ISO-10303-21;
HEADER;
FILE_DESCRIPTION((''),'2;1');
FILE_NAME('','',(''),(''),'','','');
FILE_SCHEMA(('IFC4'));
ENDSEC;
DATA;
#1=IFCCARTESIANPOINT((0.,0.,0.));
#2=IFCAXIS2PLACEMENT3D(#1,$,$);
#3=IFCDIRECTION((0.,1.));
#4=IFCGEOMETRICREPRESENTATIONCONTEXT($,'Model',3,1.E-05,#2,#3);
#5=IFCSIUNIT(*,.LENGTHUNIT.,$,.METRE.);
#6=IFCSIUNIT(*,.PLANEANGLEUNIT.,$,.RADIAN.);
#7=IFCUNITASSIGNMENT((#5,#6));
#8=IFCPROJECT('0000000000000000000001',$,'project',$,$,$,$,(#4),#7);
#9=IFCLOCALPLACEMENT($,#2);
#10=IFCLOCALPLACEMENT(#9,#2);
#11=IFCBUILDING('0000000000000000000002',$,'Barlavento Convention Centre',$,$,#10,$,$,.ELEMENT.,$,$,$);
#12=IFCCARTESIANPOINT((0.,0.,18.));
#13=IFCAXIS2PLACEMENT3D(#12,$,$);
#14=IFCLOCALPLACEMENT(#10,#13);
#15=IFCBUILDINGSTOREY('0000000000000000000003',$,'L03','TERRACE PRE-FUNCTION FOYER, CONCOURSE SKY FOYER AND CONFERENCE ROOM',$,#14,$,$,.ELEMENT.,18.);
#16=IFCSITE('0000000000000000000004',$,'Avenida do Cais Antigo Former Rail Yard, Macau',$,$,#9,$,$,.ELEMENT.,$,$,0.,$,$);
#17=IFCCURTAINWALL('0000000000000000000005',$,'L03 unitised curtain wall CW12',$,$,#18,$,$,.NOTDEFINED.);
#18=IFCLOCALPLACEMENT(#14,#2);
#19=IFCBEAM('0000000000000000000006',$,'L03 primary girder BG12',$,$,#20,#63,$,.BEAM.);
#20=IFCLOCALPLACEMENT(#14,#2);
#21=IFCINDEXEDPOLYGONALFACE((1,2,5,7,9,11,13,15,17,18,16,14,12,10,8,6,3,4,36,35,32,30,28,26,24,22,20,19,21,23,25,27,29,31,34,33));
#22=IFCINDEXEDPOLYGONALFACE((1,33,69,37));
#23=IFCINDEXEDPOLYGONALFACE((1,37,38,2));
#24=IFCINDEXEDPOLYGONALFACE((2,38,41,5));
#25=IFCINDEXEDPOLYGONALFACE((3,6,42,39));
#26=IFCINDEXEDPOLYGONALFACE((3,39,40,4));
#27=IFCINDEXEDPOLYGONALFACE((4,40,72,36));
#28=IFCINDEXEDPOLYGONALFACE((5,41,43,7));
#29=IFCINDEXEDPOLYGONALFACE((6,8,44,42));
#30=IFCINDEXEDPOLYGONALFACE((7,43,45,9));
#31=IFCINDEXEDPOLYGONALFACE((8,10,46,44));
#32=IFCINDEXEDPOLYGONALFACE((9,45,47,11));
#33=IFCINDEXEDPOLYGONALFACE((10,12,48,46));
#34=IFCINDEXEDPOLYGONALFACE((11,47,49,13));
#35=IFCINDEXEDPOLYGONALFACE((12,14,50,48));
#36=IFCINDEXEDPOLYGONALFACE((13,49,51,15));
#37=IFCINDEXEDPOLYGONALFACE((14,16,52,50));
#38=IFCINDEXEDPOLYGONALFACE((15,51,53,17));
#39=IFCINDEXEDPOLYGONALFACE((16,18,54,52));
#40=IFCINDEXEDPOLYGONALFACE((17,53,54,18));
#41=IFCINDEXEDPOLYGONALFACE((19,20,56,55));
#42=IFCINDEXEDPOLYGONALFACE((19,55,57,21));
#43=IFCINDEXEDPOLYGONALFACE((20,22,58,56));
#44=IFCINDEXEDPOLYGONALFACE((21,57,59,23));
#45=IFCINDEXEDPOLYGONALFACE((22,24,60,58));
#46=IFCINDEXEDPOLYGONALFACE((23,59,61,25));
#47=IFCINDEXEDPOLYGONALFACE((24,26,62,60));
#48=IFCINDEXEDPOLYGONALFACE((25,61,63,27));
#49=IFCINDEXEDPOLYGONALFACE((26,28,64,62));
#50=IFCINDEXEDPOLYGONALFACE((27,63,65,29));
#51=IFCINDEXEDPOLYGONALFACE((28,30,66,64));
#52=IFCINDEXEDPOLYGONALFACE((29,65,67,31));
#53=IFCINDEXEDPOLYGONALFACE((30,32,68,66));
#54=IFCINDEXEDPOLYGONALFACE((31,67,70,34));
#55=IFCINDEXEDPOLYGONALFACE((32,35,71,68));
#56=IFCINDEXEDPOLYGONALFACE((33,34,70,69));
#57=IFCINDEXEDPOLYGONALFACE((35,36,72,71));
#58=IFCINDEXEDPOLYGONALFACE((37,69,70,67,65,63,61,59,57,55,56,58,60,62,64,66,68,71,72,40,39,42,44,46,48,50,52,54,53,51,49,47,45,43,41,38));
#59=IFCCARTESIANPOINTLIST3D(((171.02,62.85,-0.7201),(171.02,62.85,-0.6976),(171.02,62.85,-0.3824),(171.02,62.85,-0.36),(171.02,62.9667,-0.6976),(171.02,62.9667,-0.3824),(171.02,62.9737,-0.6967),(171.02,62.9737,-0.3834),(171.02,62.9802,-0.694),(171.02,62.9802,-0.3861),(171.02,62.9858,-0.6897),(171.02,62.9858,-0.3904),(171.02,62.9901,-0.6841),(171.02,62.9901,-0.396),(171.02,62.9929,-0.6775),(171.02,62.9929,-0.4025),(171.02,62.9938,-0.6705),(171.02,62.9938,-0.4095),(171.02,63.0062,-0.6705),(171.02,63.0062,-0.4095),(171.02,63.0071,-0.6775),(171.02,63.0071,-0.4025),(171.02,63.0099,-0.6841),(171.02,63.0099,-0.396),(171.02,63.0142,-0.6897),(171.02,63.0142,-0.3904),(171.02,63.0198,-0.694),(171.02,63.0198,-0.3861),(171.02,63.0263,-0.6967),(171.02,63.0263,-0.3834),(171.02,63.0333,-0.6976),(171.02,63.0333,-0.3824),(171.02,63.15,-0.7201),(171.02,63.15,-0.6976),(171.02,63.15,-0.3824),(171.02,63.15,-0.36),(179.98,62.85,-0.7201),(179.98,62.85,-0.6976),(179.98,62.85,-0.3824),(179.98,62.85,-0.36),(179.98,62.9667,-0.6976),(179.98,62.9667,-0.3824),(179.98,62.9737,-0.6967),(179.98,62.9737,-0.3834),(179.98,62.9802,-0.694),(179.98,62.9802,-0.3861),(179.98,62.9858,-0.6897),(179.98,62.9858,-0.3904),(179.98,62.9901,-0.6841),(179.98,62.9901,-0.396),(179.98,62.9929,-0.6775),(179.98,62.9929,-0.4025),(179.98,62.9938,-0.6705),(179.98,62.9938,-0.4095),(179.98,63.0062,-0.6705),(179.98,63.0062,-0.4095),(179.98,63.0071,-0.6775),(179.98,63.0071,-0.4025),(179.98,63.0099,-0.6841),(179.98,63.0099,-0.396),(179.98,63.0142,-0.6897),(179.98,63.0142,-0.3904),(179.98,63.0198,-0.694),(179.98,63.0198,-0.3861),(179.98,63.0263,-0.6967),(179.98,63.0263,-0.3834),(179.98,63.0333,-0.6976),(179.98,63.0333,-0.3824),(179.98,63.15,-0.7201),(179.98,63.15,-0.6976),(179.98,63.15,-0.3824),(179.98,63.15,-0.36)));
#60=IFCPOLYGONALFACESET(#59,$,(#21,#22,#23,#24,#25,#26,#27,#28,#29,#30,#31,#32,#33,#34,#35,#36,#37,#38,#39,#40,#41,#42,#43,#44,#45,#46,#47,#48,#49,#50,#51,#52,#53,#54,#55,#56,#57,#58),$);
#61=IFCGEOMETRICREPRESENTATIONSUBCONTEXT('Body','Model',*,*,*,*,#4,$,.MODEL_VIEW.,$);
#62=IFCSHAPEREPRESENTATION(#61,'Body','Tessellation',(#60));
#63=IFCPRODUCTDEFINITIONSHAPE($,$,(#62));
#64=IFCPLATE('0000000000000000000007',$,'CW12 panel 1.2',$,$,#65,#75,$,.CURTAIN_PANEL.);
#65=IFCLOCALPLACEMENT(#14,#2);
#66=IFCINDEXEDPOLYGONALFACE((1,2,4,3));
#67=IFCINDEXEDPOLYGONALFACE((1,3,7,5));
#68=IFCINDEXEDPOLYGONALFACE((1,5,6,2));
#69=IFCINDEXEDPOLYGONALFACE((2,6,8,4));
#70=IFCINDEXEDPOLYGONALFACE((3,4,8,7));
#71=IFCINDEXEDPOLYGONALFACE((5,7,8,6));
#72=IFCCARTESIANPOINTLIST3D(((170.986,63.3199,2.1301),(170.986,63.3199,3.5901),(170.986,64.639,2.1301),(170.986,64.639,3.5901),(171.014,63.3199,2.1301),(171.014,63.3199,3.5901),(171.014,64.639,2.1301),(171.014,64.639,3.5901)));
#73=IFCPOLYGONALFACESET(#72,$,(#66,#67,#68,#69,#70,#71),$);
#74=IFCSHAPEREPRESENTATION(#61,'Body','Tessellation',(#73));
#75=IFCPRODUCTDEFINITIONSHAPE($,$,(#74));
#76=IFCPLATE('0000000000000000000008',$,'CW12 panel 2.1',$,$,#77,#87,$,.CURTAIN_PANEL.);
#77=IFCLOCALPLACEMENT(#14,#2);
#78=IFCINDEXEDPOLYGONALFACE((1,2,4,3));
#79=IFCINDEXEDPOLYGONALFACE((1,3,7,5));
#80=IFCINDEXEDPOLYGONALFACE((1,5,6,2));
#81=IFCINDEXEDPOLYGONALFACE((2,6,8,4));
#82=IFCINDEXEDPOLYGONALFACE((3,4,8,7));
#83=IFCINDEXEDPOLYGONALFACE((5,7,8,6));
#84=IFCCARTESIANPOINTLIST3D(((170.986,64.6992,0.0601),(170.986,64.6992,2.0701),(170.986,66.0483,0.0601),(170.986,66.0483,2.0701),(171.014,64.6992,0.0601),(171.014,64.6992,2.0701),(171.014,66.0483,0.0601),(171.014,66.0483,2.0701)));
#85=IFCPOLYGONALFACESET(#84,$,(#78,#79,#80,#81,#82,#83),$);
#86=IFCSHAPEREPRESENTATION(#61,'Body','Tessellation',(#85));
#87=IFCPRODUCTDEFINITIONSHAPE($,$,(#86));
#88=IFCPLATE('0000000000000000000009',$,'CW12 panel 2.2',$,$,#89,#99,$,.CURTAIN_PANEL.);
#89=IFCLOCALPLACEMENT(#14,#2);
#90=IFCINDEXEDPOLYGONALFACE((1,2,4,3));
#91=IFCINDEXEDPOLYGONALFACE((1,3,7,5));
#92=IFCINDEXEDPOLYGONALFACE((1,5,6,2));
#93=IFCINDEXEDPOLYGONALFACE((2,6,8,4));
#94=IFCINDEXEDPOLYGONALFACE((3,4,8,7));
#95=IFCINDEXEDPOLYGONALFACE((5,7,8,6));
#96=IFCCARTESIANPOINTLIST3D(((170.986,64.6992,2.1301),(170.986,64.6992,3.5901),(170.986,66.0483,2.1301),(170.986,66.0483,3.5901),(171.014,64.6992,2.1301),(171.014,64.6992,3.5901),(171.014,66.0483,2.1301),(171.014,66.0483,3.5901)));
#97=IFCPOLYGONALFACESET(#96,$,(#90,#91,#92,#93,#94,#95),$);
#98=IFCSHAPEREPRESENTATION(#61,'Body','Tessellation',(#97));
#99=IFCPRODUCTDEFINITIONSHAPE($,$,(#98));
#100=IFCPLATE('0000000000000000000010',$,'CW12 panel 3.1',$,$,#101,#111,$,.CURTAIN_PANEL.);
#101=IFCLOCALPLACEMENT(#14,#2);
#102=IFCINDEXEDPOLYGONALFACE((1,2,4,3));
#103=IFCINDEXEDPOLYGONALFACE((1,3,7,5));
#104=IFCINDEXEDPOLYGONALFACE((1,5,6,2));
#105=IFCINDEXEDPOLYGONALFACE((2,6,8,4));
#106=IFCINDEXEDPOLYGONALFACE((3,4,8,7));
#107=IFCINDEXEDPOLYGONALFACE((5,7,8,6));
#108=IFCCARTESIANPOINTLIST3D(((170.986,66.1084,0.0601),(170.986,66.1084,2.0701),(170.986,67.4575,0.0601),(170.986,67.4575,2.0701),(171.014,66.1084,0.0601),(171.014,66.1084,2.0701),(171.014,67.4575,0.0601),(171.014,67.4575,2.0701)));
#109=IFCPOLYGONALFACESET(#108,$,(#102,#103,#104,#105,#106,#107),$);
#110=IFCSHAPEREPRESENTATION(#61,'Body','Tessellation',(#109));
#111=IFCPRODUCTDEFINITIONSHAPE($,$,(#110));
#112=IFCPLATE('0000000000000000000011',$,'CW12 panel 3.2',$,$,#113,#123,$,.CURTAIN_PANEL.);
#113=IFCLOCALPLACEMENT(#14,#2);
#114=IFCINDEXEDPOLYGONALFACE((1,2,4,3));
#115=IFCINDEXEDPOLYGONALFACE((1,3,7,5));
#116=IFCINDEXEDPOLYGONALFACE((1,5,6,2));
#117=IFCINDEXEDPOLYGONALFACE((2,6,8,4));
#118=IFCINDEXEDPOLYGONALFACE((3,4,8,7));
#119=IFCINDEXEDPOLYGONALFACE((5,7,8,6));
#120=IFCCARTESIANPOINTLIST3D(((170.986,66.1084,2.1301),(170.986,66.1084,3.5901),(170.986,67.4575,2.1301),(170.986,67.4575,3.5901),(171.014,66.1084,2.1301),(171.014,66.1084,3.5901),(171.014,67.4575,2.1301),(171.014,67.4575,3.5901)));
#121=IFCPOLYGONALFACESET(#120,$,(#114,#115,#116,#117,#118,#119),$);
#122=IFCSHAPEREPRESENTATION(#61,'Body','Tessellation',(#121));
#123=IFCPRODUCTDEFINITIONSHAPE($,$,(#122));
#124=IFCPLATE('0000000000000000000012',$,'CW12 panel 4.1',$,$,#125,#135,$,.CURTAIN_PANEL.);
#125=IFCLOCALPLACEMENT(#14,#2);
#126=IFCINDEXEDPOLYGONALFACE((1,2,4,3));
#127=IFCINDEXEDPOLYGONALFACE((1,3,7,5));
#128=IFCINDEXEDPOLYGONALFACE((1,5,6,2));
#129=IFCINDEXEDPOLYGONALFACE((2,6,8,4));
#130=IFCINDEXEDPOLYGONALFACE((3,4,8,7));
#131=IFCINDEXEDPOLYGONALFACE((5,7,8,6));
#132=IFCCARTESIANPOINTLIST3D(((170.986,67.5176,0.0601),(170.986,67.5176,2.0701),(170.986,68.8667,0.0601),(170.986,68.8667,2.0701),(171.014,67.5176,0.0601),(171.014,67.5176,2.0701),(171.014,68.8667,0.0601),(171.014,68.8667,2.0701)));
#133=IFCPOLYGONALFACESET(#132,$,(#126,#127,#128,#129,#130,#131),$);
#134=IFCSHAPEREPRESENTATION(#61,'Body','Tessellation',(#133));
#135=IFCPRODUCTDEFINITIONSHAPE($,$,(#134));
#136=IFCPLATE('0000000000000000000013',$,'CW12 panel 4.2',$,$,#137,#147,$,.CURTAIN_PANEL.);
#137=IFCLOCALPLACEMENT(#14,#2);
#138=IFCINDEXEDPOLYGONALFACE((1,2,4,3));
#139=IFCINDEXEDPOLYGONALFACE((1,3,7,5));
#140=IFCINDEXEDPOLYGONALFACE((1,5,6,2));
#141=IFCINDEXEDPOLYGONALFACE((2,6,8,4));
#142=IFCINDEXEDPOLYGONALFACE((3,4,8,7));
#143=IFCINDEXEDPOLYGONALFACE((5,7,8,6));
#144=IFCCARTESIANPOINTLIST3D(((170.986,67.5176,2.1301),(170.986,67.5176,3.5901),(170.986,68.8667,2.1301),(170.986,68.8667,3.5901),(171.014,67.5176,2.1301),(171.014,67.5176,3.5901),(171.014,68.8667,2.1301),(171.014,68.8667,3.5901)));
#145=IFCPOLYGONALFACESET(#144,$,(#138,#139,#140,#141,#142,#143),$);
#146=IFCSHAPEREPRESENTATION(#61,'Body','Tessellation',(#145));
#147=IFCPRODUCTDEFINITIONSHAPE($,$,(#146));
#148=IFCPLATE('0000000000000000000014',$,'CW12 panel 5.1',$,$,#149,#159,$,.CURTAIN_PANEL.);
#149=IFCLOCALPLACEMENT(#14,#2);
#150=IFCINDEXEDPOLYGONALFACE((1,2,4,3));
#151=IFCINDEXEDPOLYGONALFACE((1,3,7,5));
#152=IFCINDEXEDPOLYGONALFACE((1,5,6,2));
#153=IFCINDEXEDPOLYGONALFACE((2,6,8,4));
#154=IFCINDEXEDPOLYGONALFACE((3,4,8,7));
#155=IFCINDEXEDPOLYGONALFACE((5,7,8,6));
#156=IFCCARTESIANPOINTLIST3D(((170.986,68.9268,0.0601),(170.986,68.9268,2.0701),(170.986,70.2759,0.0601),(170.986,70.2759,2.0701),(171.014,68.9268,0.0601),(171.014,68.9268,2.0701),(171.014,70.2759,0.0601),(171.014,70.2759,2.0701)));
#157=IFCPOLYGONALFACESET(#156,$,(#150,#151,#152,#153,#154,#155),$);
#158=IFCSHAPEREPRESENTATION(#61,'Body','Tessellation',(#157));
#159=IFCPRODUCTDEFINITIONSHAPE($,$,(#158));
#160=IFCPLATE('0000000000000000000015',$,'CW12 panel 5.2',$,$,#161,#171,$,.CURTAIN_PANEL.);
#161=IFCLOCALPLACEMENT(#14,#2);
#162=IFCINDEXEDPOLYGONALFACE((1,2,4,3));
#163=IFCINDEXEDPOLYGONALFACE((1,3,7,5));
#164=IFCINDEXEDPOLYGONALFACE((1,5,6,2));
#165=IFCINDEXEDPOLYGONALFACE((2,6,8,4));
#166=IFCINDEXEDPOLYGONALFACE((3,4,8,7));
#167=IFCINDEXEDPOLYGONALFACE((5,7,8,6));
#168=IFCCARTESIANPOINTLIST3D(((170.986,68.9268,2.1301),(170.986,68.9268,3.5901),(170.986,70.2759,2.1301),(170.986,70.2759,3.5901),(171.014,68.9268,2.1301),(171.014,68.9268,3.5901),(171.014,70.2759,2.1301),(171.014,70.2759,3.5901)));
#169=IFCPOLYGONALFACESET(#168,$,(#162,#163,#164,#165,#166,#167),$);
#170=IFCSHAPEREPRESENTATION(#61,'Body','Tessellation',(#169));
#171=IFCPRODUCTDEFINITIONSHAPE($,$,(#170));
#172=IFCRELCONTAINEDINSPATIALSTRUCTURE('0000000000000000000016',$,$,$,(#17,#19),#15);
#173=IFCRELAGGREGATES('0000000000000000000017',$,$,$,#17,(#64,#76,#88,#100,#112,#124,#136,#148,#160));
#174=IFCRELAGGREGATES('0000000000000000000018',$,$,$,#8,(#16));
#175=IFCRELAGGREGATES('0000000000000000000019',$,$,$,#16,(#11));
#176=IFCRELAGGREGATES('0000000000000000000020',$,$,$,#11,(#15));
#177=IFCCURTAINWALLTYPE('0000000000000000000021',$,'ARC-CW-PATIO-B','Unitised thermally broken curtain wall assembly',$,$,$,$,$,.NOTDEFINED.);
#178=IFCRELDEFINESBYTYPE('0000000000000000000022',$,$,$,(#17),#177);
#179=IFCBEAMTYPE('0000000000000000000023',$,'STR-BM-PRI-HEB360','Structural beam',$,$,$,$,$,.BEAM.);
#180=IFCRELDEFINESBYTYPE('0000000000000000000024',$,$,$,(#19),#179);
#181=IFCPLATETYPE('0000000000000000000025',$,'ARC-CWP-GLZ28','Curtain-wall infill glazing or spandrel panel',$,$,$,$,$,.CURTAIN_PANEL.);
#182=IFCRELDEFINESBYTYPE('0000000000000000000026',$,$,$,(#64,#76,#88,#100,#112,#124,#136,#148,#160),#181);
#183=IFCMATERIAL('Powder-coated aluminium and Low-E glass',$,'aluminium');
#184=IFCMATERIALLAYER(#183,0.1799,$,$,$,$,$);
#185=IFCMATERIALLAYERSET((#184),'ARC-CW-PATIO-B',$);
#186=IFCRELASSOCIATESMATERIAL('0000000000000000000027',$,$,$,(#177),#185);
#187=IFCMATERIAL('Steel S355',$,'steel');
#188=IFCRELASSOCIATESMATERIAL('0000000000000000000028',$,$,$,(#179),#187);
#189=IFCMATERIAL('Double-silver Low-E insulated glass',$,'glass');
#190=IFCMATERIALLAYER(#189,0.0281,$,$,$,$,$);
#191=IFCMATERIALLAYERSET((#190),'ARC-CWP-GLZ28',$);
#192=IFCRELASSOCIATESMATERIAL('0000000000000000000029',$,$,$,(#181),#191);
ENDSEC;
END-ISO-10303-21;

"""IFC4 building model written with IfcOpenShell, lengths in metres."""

from ifc_helpers import new_model, si_unit, direction, frame, origin, origin_2d, place, context, subcontext, project, spatial, rectangle, i_section, extrude, material, layer, layer_set, material_profile, profile_set, type_object, element, aggregate, save


model = new_model("IFC4")

# Units and contexts
model_context = context("Model", 3, precision=1e-05, world=origin(), true_north=direction((0.0, 1.0)))
body_context = subcontext(model_context, "Body", "Model", "MODEL_VIEW")
ifc_project = project(units=[si_unit("LENGTHUNIT", "METRE"), si_unit("PLANEANGLEUNIT", "RADIAN")], contexts=[model_context])

# Site, building, storey
site_placement = place(None, origin())
site = spatial("IfcSite", under=ifc_project, at=site_placement, Name="Avenida do Cais Antigo Former Rail Yard, Macau", CompositionType="ELEMENT", RefElevation=0.0)
building_placement = place(site_placement, origin())
building = spatial("IfcBuilding", under=site, at=building_placement, Name="Barlavento Convention Centre", CompositionType="ELEMENT")
storey_placement = place(building_placement, frame((0.0, 0.0, 18.0)))
storey = spatial("IfcBuildingStorey", under=building, at=storey_placement, Name="L03", Description="TERRACE PRE-FUNCTION FOYER, CONCOURSE SKY FOYER AND CONFERENCE ROOM", CompositionType="ELEMENT", Elevation=18.0)

# Shared definitions
ifc_material_1 = material(Name="Steel S355", Category="steel")

# Curtain wall
ifc_material_2 = material(Name="Powder-coated aluminium and Low-E glass", Category="aluminium")
ifc_layer_1 = layer(ifc_material_2, 0.1799)
ifc_layer_set_1 = layer_set([ifc_layer_1], Name="ARC-CW-PATIO-B")
curtain_wall_type = type_object("IfcCurtainWallType", Name="ARC-CW-PATIO-B", Description="Unitised thermally broken curtain wall assembly", PredefinedType="NOTDEFINED", material=ifc_layer_set_1)
curtain_wall_placement = place(storey_placement, origin())
curtain_wall = element("IfcCurtainWall", 1, at=curtain_wall_placement, inside=storey, type_object=curtain_wall_type, Name="L03 unitised curtain wall CW12", PredefinedType="NOTDEFINED")

# Beam
ifc_material_profile_1 = material_profile(ifc_material_1, i_section(OverallWidth=0.3, OverallDepth=0.3601, WebThickness=0.0125, FlangeThickness=0.0225, FilletRadius=0.0271, at=origin_2d()), Name="HEB 360")
ifc_profile_set_1 = profile_set([ifc_material_profile_1], Name="Steel S355")
beam_type_1 = type_object("IfcBeamType", Name="STR-BM-PRI-HEB360", Description="Structural beam", PredefinedType="BEAM", material=ifc_profile_set_1)
beam_1_placement = place(storey_placement, frame((171.02, 63.0, -0.54), z_axis=(1.0, 0.0, 0.0), x_axis=(0.0, 1.0, 0.0)))
element("IfcBeam", 2, at=beam_1_placement, inside=storey, type_object=beam_type_1, Name="L03 primary girder BG12", PredefinedType="BEAM", context=body_context, shape_type="SweptSolid", body=[
    extrude(i_section(OverallWidth=0.3, OverallDepth=0.3601, WebThickness=0.0125, FlangeThickness=0.0225, FilletRadius=0.0271, at=origin_2d()), origin(), (0.0, 0.0, 1.0), 8.96),
])

# Plates
ifc_material_3 = material(Name="Double-silver Low-E insulated glass", Category="glass")
ifc_layer_2 = layer(ifc_material_3, 0.0281)
ifc_layer_set_2 = layer_set([ifc_layer_2], Name="ARC-CWP-GLZ28")
plate_type = type_object("IfcPlateType", Name="ARC-CWP-GLZ28", Description="Curtain-wall infill glazing or spandrel panel", PredefinedType="CURTAIN_PANEL", material=ifc_layer_set_2)
plate_1_placement = place(storey_placement, frame((171.0, 63.9795, 2.1301), z_axis=(0.0, 0.0, 1.0), x_axis=(0.0, 1.0, 0.0)))
plate_1 = element("IfcPlate", 3, at=plate_1_placement, type_object=plate_type, Name="CW12 panel 1.2", PredefinedType="CURTAIN_PANEL", context=body_context, shape_type="SweptSolid", body=[
    extrude(rectangle(XDim=1.3191, YDim=0.0281, at=origin_2d()), origin(), (0.0, 0.0, 1.0), 1.46),
])
plate_2_placement = place(storey_placement, frame((171.0, 65.3738, 0.0601), z_axis=(0.0, 0.0, 1.0), x_axis=(0.0, 1.0, 0.0)))
plate_2 = element("IfcPlate", 4, at=plate_2_placement, type_object=plate_type, Name="CW12 panel 2.1", PredefinedType="CURTAIN_PANEL", context=body_context, shape_type="SweptSolid", body=[
    extrude(rectangle(XDim=1.3491, YDim=0.0281, at=origin_2d()), origin(), (0.0, 0.0, 1.0), 2.01),
])
plate_3_placement = place(storey_placement, frame((171.0, 65.3738, 2.1301), z_axis=(0.0, 0.0, 1.0), x_axis=(0.0, 1.0, 0.0)))
plate_3 = element("IfcPlate", 5, at=plate_3_placement, type_object=plate_type, Name="CW12 panel 2.2", PredefinedType="CURTAIN_PANEL", context=body_context, shape_type="SweptSolid", body=[
    extrude(rectangle(XDim=1.3491, YDim=0.0281, at=origin_2d()), origin(), (0.0, 0.0, 1.0), 1.46),
])
plate_4_placement = place(storey_placement, frame((171.0, 66.783, 0.0601), z_axis=(0.0, 0.0, 1.0), x_axis=(0.0, 1.0, 0.0)))
plate_4 = element("IfcPlate", 6, at=plate_4_placement, type_object=plate_type, Name="CW12 panel 3.1", PredefinedType="CURTAIN_PANEL", context=body_context, shape_type="SweptSolid", body=[
    extrude(rectangle(XDim=1.3491, YDim=0.0281, at=origin_2d()), origin(), (0.0, 0.0, 1.0), 2.01),
])
plate_5_placement = place(storey_placement, frame((171.0, 66.783, 2.1301), z_axis=(0.0, 0.0, 1.0), x_axis=(0.0, 1.0, 0.0)))
plate_5 = element("IfcPlate", 7, at=plate_5_placement, type_object=plate_type, Name="CW12 panel 3.2", PredefinedType="CURTAIN_PANEL", context=body_context, shape_type="SweptSolid", body=[
    extrude(rectangle(XDim=1.3491, YDim=0.0281, at=origin_2d()), origin(), (0.0, 0.0, 1.0), 1.46),
])
plate_6_placement = place(storey_placement, frame((171.0, 68.1921, 0.0601), z_axis=(0.0, 0.0, 1.0), x_axis=(0.0, 1.0, 0.0)))
plate_6 = element("IfcPlate", 8, at=plate_6_placement, type_object=plate_type, Name="CW12 panel 4.1", PredefinedType="CURTAIN_PANEL", context=body_context, shape_type="SweptSolid", body=[
    extrude(rectangle(XDim=1.3491, YDim=0.0281, at=origin_2d()), origin(), (0.0, 0.0, 1.0), 2.01),
])
plate_7_placement = place(storey_placement, frame((171.0, 68.1921, 2.1301), z_axis=(0.0, 0.0, 1.0), x_axis=(0.0, 1.0, 0.0)))
plate_7 = element("IfcPlate", 9, at=plate_7_placement, type_object=plate_type, Name="CW12 panel 4.2", PredefinedType="CURTAIN_PANEL", context=body_context, shape_type="SweptSolid", body=[
    extrude(rectangle(XDim=1.3491, YDim=0.0281, at=origin_2d()), origin(), (0.0, 0.0, 1.0), 1.46),
])
plate_8_placement = place(storey_placement, frame((171.0, 69.6013, 0.0601), z_axis=(0.0, 0.0, 1.0), x_axis=(0.0, 1.0, 0.0)))
plate_8 = element("IfcPlate", 10, at=plate_8_placement, type_object=plate_type, Name="CW12 panel 5.1", PredefinedType="CURTAIN_PANEL", context=body_context, shape_type="SweptSolid", body=[
    extrude(rectangle(XDim=1.3491, YDim=0.0281, at=origin_2d()), origin(), (0.0, 0.0, 1.0), 2.01),
])
plate_9_placement = place(storey_placement, frame((171.0, 69.6013, 2.1301), z_axis=(0.0, 0.0, 1.0), x_axis=(0.0, 1.0, 0.0)))
plate_9 = element("IfcPlate", 11, at=plate_9_placement, type_object=plate_type, Name="CW12 panel 5.2", PredefinedType="CURTAIN_PANEL", context=body_context, shape_type="SweptSolid", body=[
    extrude(rectangle(XDim=1.3491, YDim=0.0281, at=origin_2d()), origin(), (0.0, 0.0, 1.0), 1.46),
])
aggregate(curtain_wall, [plate_1, plate_2, plate_3, plate_4, plate_5, plate_6, plate_7, plate_8, plate_9])

save(model, "model.ifc")
